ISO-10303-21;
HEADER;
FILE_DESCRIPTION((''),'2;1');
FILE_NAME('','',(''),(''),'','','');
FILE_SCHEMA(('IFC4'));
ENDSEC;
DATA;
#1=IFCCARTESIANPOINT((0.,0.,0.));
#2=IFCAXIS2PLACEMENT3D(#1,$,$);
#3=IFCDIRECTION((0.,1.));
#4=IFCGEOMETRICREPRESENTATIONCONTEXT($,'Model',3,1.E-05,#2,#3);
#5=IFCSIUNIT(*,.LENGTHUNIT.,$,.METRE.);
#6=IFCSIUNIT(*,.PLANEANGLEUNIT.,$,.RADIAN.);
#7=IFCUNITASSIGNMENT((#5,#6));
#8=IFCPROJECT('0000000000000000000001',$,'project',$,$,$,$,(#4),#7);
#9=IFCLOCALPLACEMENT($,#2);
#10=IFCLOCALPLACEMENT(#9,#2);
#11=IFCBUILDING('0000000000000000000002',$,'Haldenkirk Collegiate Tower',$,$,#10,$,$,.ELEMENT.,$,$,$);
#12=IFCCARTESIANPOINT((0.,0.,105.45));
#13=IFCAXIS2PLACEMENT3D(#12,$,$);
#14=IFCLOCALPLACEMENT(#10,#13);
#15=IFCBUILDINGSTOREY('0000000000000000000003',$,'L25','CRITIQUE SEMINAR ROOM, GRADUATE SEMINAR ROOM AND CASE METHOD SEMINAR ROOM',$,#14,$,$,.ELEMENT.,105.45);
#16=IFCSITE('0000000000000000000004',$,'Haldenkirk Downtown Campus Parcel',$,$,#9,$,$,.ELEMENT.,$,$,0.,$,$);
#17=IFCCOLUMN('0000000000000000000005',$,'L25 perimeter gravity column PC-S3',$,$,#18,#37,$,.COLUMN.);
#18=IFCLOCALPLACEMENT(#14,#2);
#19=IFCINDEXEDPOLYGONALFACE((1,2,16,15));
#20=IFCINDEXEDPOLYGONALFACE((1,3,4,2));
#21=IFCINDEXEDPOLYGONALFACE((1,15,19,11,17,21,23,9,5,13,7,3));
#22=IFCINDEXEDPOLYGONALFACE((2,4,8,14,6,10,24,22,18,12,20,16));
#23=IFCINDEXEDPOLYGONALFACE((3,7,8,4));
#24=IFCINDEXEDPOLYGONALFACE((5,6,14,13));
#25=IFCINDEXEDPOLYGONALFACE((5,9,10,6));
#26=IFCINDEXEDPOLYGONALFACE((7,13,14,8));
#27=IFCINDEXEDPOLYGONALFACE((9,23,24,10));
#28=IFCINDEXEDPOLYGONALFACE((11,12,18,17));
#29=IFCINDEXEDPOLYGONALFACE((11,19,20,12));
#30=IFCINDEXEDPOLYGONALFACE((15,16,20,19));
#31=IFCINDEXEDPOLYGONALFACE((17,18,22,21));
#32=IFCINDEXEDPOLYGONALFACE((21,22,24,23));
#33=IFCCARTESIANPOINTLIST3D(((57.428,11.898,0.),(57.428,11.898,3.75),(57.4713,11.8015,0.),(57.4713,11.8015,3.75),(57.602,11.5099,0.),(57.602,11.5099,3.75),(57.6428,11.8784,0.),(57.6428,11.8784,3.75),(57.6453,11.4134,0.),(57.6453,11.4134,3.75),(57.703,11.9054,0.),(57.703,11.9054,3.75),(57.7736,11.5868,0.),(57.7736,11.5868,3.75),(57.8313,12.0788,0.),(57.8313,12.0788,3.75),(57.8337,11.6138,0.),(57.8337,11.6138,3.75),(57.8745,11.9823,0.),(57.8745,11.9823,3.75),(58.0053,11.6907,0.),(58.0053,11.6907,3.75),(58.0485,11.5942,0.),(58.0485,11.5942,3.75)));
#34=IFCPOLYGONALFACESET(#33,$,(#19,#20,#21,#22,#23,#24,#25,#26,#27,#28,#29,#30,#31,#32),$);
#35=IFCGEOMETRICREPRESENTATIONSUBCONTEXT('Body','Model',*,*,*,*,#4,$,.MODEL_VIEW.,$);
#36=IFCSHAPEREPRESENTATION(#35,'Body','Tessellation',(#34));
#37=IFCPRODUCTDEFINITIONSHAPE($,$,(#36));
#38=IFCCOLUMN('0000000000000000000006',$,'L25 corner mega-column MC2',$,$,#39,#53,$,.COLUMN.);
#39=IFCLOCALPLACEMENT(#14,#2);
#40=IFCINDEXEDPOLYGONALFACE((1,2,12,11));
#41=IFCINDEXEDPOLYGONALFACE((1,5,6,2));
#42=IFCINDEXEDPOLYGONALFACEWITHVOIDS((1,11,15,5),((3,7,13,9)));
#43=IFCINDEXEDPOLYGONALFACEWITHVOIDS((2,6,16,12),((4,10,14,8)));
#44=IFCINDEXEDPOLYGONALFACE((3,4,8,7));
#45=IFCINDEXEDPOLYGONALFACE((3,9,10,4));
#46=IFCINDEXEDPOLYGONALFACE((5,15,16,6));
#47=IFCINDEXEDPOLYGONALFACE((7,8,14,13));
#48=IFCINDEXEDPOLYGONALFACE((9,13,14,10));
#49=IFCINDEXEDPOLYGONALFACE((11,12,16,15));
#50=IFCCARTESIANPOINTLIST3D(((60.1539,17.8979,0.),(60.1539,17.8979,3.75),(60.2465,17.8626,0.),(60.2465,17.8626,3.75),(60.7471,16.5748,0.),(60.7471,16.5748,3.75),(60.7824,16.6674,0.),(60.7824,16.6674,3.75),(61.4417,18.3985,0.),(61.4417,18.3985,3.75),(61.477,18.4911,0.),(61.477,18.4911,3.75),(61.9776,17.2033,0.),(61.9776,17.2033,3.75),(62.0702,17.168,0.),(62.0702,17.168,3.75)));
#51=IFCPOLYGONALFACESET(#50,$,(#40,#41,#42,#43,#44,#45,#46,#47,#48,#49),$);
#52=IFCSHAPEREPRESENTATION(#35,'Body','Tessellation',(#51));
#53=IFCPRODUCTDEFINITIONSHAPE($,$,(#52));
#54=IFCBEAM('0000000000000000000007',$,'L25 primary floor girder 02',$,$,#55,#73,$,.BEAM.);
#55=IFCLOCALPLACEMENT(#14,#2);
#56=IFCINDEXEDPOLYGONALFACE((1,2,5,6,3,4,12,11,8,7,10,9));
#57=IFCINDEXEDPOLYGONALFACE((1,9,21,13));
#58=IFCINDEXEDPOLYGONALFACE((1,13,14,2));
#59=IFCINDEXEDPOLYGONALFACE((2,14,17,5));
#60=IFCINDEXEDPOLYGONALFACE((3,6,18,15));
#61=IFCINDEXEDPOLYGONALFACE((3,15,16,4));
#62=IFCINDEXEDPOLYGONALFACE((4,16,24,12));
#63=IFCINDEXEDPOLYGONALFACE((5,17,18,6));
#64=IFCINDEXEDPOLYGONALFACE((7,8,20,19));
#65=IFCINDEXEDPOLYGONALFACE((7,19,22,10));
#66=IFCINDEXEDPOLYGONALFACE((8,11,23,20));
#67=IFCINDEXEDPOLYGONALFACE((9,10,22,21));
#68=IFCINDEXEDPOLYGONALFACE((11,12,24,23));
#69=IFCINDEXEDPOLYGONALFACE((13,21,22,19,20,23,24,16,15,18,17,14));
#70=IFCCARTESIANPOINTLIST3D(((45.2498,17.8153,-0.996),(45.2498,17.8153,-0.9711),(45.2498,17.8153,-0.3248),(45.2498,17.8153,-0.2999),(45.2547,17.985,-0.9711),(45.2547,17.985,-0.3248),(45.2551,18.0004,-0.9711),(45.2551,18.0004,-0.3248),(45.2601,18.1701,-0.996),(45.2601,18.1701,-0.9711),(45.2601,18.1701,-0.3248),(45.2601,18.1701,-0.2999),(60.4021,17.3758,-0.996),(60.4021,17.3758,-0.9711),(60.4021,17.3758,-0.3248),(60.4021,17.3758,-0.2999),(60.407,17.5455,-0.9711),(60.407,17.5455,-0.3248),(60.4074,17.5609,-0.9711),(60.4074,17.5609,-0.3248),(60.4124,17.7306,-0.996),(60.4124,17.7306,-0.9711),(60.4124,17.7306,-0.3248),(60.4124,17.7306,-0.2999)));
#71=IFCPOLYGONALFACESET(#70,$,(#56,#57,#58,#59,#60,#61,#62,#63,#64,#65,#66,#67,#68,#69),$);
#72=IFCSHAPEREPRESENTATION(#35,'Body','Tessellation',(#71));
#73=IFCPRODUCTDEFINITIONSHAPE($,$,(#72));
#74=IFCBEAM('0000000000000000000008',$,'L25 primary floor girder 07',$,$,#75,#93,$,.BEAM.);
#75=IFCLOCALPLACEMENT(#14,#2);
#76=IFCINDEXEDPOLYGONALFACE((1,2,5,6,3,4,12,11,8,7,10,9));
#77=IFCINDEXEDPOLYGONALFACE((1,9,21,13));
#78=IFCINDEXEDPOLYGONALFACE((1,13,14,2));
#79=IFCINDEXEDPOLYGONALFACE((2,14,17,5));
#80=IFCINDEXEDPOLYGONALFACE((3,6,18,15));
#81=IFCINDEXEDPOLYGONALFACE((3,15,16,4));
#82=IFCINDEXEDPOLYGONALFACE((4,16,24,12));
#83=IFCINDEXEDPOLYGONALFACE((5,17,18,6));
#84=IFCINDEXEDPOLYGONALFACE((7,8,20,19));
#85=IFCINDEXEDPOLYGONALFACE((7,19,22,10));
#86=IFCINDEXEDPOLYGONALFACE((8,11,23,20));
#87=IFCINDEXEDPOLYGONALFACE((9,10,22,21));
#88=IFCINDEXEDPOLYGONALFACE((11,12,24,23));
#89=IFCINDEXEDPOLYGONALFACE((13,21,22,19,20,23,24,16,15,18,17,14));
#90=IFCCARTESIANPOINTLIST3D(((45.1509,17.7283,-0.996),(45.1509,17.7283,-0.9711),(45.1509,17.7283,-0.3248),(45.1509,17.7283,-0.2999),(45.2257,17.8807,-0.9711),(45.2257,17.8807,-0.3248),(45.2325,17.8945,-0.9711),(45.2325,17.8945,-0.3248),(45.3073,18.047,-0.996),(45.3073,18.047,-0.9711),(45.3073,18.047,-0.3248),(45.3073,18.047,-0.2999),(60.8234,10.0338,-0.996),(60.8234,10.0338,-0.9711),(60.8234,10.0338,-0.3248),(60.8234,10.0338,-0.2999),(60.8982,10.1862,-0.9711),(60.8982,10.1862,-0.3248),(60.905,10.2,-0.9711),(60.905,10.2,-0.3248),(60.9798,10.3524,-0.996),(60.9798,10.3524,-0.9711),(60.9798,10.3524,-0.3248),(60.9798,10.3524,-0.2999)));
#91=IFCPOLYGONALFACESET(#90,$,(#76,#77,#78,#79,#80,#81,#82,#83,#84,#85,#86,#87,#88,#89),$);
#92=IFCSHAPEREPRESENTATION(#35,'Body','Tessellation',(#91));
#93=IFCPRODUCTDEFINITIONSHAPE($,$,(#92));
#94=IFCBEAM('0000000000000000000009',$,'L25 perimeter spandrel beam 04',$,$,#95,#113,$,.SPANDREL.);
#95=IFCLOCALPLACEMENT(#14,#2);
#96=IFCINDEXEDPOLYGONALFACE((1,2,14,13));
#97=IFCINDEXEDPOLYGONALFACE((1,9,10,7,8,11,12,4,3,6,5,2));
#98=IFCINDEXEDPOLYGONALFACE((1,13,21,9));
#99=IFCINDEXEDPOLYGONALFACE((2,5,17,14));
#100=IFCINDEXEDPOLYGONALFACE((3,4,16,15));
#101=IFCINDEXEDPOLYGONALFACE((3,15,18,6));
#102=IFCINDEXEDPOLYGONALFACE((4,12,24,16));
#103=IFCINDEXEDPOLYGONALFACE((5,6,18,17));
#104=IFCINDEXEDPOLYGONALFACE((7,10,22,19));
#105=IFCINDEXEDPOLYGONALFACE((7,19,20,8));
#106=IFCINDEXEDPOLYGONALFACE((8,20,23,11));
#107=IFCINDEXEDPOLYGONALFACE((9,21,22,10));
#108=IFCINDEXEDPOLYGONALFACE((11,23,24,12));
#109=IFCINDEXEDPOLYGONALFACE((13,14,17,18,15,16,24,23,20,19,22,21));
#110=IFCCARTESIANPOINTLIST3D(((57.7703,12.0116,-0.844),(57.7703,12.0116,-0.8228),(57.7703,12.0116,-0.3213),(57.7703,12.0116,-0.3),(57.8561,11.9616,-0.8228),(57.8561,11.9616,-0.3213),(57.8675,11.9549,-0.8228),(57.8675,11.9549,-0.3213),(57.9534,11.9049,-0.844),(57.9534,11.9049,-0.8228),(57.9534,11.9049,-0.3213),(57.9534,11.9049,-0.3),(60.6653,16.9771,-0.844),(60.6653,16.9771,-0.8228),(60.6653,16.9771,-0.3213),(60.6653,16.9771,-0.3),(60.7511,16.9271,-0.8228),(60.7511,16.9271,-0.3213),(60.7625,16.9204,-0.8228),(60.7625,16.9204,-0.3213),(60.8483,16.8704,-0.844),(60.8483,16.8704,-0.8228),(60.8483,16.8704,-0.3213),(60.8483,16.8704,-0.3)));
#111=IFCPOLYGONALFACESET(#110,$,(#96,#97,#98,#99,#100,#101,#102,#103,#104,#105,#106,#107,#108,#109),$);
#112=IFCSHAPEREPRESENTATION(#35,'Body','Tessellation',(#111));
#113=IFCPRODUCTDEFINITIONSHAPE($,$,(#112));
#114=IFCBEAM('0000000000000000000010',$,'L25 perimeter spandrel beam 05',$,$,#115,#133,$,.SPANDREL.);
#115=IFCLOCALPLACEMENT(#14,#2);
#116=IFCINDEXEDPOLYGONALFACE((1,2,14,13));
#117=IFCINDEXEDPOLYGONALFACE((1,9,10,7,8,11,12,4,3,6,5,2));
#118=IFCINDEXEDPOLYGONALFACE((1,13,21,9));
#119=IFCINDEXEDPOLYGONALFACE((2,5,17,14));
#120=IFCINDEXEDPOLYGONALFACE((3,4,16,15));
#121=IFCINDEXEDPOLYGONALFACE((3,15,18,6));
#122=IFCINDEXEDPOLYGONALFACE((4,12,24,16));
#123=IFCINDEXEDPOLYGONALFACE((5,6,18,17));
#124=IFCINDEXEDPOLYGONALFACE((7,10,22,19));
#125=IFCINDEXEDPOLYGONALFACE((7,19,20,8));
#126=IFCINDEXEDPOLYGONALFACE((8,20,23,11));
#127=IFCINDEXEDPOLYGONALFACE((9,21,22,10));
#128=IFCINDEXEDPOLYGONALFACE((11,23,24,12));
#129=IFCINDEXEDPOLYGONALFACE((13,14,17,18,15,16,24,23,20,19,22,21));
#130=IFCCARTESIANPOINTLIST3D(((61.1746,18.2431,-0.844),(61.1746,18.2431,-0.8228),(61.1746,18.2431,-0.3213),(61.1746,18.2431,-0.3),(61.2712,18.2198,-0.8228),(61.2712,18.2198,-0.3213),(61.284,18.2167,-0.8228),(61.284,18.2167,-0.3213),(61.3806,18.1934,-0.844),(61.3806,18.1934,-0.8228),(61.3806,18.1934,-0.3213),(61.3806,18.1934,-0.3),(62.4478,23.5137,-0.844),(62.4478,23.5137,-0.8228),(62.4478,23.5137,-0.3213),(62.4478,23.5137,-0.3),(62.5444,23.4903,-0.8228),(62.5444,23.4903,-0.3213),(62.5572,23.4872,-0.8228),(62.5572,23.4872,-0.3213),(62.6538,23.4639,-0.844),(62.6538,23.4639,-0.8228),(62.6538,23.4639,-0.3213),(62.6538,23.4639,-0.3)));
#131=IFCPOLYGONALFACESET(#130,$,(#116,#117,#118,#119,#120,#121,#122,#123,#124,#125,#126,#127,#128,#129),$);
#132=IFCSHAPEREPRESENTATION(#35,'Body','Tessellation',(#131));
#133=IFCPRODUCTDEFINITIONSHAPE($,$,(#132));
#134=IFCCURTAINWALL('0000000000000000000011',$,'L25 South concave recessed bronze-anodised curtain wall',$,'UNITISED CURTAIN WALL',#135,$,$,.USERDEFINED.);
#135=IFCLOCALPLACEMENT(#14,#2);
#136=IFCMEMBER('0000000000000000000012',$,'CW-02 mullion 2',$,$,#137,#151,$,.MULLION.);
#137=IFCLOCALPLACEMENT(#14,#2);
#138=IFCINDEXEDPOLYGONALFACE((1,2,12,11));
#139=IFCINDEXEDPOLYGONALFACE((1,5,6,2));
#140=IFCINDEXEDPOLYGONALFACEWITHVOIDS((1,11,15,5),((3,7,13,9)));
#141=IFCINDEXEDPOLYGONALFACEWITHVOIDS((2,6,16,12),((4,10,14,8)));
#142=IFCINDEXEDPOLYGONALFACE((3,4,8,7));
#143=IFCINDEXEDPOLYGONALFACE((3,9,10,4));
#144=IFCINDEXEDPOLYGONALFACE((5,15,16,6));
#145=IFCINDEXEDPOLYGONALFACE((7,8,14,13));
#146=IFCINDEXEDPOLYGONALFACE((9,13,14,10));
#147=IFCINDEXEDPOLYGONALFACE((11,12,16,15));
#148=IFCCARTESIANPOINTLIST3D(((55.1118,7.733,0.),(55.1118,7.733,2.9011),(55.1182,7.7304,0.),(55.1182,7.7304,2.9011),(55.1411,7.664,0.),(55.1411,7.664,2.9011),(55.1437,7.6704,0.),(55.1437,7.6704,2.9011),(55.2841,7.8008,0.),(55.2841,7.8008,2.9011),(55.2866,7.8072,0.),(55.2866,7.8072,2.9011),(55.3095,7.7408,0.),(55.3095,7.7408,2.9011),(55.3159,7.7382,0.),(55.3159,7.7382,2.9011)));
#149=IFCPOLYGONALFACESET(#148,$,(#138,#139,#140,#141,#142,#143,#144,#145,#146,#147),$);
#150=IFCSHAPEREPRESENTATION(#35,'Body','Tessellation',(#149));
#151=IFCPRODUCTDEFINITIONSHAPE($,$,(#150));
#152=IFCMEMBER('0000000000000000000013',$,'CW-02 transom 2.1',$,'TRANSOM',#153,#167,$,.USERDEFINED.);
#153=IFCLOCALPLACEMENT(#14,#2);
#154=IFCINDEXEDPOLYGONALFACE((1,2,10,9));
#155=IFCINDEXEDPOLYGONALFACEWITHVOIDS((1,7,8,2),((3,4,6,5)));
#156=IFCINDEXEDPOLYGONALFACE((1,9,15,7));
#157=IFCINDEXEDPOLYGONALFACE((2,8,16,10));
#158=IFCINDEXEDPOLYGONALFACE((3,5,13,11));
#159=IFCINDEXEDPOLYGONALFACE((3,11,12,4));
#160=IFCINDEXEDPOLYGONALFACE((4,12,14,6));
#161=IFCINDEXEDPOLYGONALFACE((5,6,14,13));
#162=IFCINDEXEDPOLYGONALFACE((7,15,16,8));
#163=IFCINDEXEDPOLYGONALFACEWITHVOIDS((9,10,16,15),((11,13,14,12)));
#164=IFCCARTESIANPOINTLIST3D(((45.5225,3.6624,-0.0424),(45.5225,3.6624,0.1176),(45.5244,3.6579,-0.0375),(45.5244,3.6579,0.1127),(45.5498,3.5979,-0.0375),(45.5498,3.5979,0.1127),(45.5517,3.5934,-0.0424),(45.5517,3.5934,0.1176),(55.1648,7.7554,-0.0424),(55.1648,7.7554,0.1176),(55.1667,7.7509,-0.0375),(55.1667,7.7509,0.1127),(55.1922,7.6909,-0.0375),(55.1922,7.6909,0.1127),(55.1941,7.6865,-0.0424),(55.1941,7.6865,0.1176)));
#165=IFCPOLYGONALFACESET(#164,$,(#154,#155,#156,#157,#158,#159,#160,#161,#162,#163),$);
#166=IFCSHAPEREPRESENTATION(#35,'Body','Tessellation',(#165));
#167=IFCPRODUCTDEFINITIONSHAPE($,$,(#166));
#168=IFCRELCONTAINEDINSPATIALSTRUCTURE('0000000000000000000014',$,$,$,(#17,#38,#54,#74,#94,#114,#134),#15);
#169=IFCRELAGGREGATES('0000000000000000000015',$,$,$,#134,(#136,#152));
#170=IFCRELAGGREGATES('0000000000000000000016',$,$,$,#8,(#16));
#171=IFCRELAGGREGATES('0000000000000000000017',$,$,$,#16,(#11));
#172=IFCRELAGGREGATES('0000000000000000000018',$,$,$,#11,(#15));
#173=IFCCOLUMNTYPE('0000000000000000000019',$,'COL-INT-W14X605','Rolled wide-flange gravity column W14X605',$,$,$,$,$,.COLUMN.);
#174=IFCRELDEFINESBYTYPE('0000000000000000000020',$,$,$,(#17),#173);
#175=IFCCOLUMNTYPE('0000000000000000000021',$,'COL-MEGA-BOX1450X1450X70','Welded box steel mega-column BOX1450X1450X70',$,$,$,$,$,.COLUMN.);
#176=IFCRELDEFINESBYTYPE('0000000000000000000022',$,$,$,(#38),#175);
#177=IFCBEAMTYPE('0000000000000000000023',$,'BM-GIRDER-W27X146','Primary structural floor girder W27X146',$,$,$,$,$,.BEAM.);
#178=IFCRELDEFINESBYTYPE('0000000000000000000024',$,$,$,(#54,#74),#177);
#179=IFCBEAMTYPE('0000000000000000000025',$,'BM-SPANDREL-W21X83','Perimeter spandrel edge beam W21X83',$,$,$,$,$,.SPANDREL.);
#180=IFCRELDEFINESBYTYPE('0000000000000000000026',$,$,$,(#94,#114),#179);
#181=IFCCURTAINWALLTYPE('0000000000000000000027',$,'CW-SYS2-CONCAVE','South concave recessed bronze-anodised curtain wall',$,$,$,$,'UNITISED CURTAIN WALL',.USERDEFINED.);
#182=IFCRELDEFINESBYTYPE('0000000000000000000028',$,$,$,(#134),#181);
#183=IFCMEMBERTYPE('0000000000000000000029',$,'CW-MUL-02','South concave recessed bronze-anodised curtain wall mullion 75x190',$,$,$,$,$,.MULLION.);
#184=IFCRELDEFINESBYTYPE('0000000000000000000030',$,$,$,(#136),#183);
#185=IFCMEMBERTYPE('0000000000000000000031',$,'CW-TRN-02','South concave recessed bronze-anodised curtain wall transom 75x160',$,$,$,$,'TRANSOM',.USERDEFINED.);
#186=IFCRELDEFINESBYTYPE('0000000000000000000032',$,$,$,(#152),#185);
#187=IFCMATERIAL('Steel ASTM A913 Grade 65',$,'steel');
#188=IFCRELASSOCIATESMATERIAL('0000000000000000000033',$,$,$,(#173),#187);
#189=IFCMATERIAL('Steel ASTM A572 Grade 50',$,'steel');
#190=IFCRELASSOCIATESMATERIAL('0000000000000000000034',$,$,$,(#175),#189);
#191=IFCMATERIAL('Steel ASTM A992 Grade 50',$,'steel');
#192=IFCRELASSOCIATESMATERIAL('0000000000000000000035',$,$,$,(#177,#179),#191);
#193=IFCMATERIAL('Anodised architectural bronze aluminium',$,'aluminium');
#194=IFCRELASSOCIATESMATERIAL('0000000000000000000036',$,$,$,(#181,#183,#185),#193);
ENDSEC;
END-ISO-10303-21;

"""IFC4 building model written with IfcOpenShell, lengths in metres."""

from ifc_helpers import new_model, si_unit, direction, frame, origin, origin_2d, place, context, subcontext, project, spatial, hollow_rectangle, i_section, extrude, material, material_profile, profile_set, type_object, element, aggregate, save


model = new_model("IFC4")

# Units and contexts
model_context = context("Model", 3, precision=1e-05, world=origin(), true_north=direction((0.0, 1.0)))
body_context = subcontext(model_context, "Body", "Model", "MODEL_VIEW")
ifc_project = project(units=[si_unit("LENGTHUNIT", "METRE"), si_unit("PLANEANGLEUNIT", "RADIAN")], contexts=[model_context])

# Site, building, storey
site_placement = place(None, origin())
site = spatial("IfcSite", under=ifc_project, at=site_placement, Name="Haldenkirk Downtown Campus Parcel", CompositionType="ELEMENT", RefElevation=0.0)
building_placement = place(site_placement, origin())
building = spatial("IfcBuilding", under=site, at=building_placement, Name="Haldenkirk Collegiate Tower", CompositionType="ELEMENT")
storey_placement = place(building_placement, frame((0.0, 0.0, 105.45)))
storey = spatial("IfcBuildingStorey", under=building, at=storey_placement, Name="L25", Description="CRITIQUE SEMINAR ROOM, GRADUATE SEMINAR ROOM AND CASE METHOD SEMINAR ROOM", CompositionType="ELEMENT", Elevation=105.45)

# Columns
ifc_material_1 = material(Name="Steel ASTM A913 Grade 65", Category="steel")
ifc_material_profile_1 = material_profile(ifc_material_1, i_section(OverallWidth=0.4419, OverallDepth=0.531, WebThickness=0.0659, FlangeThickness=0.1057, at=origin_2d()), Name="W14X605")
ifc_profile_set_1 = profile_set([ifc_material_profile_1], Name="Steel ASTM A913 Grade 65")
column_type_1 = type_object("IfcColumnType", Name="COL-INT-W14X605", Description="Rolled wide-flange gravity column W14X605", PredefinedType="COLUMN", material=ifc_profile_set_1)
column_1_placement = place(storey_placement, frame((57.7383, 11.7461, 0.0), z_axis=(0.0, 0.0, 1.0), x_axis=(0.912477, 0.409127, 0.0)))
element("IfcColumn", 1, at=column_1_placement, inside=storey, type_object=column_type_1, Name="L25 perimeter gravity column PC-S3", PredefinedType="COLUMN", context=body_context, shape_type="SweptSolid", body=[
    extrude(i_section(OverallWidth=0.4419, OverallDepth=0.531, WebThickness=0.0659, FlangeThickness=0.1057, at=origin_2d()), origin(), (0.0, 0.0, 1.0), 3.75),
])
ifc_material_2 = material(Name="Steel ASTM A572 Grade 50", Category="steel")
ifc_material_profile_2 = material_profile(ifc_material_2, hollow_rectangle(XDim=1.45, YDim=1.45, WallThickness=0.0701, at=origin_2d()), Name="BOX1450X1450X70")
ifc_profile_set_2 = profile_set([ifc_material_profile_2], Name="Steel ASTM A572 Grade 50")
column_type_2 = type_object("IfcColumnType", Name="COL-MEGA-BOX1450X1450X70", Description="Welded box steel mega-column BOX1450X1450X70", PredefinedType="COLUMN", material=ifc_profile_set_2)
column_2_placement = place(storey_placement, frame((61.1121, 17.533, 0.0), z_axis=(0.0, 0.0, 1.0), x_axis=(0.912477, 0.409127, 0.0)))
element("IfcColumn", 2, at=column_2_placement, inside=storey, type_object=column_type_2, Name="L25 corner mega-column MC2", PredefinedType="COLUMN", context=body_context, shape_type="SweptSolid", body=[
    extrude(hollow_rectangle(XDim=1.45, YDim=1.45, WallThickness=0.0701, at=origin_2d()), origin(), (0.0, 0.0, 1.0), 3.75),
])

# Beams
ifc_material_3 = material(Name="Steel ASTM A992 Grade 50", Category="steel")
ifc_material_profile_3 = material_profile(ifc_material_3, i_section(OverallWidth=0.355, OverallDepth=0.696, WebThickness=0.0154, FlangeThickness=0.0249, at=origin_2d()), Name="W27X146")
ifc_profile_set_3 = profile_set([ifc_material_profile_3], Name="Steel ASTM A992 Grade 50")
beam_type_1 = type_object("IfcBeamType", Name="BM-GIRDER-W27X146", Description="Primary structural floor girder W27X146", PredefinedType="BEAM", material=ifc_profile_set_3)
beam_1_placement = place(storey_placement, frame((60.4072, 17.5532, -0.6479), z_axis=(-0.99958, 0.02899, 0.0), x_axis=(-0.02899, -0.99958, 0.0)))
element("IfcBeam", 3, at=beam_1_placement, inside=storey, type_object=beam_type_1, Name="L25 primary floor girder 02", PredefinedType="BEAM", context=body_context, shape_type="SweptSolid", body=[
    extrude(i_section(OverallWidth=0.355, OverallDepth=0.696, WebThickness=0.0154, FlangeThickness=0.0249, at=origin_2d()), origin(), (0.0, 0.0, 1.0), 15.1587),
])
beam_2_placement = place(storey_placement, frame((60.9016, 10.1931, -0.6479), z_axis=(-0.897651, 0.440708, 0.0), x_axis=(-0.440708, -0.897651, 0.0)))
element("IfcBeam", 4, at=beam_2_placement, inside=storey, type_object=beam_type_1, Name="L25 primary floor girder 07", PredefinedType="BEAM", context=body_context, shape_type="SweptSolid", body=[
    extrude(i_section(OverallWidth=0.355, OverallDepth=0.696, WebThickness=0.0154, FlangeThickness=0.0249, at=origin_2d()), origin(), (0.0, 0.0, 1.0), 17.4595),
])
ifc_material_profile_4 = material_profile(ifc_material_3, i_section(OverallWidth=0.2119, OverallDepth=0.5439, WebThickness=0.0132, FlangeThickness=0.0212, at=origin_2d()), Name="W21X83")
ifc_profile_set_4 = profile_set([ifc_material_profile_4], Name="Steel ASTM A992 Grade 50")
beam_type_2 = type_object("IfcBeamType", Name="BM-SPANDREL-W21X83", Description="Perimeter spandrel edge beam W21X83", PredefinedType="SPANDREL", material=ifc_profile_set_4)
beam_3_placement = place(storey_placement, frame((57.8618, 11.9583, -0.572), z_axis=(0.503668, 0.863897, 0.0), x_axis=(-0.863897, 0.503668, 0.0)))
element("IfcBeam", 5, at=beam_3_placement, inside=storey, type_object=beam_type_2, Name="L25 perimeter spandrel beam 04", PredefinedType="SPANDREL", context=body_context, shape_type="SweptSolid", body=[
    extrude(i_section(OverallWidth=0.2119, OverallDepth=0.5439, WebThickness=0.0132, FlangeThickness=0.0212, at=origin_2d()), origin(), (0.0, 0.0, 1.0), 5.7478),
])
beam_4_placement = place(storey_placement, frame((61.2776, 18.2183, -0.572), z_axis=(0.234815, 0.97204, 0.0), x_axis=(-0.97204, 0.234815, 0.0)))
element("IfcBeam", 6, at=beam_4_placement, inside=storey, type_object=beam_type_2, Name="L25 perimeter spandrel beam 05", PredefinedType="SPANDREL", context=body_context, shape_type="SweptSolid", body=[
    extrude(i_section(OverallWidth=0.2119, OverallDepth=0.5439, WebThickness=0.0132, FlangeThickness=0.0212, at=origin_2d()), origin(), (0.0, 0.0, 1.0), 5.4221),
])

# Curtain wall, members
ifc_material_4 = material(Name="Anodised architectural bronze aluminium", Category="aluminium")
curtain_wall_type = type_object("IfcCurtainWallType", Name="CW-SYS2-CONCAVE", Description="South concave recessed bronze-anodised curtain wall", ElementType="UNITISED CURTAIN WALL", PredefinedType="USERDEFINED", material=ifc_material_4)
curtain_wall_placement = place(storey_placement, origin())
curtain_wall = element("IfcCurtainWall", 7, at=curtain_wall_placement, inside=storey, type_object=curtain_wall_type, Name="L25 South concave recessed bronze-anodised curtain wall", ObjectType="UNITISED CURTAIN WALL", PredefinedType="USERDEFINED")
ifc_material_profile_5 = material_profile(ifc_material_4, hollow_rectangle(XDim=0.075, YDim=0.1899, WallThickness=0.0049, at=origin_2d()), Name="CW-MUL-02")
ifc_profile_set_5 = profile_set([ifc_material_profile_5], Name="Anodised architectural bronze aluminium")
member_type_1 = type_object("IfcMemberType", Name="CW-MUL-02", Description="South concave recessed bronze-anodised curtain wall mullion 75x190", PredefinedType="MULLION", material=ifc_profile_set_5)
member_1_placement = place(storey_placement, frame((55.2139, 7.7356, 0.0), z_axis=(0.0, 0.0, 1.0), x_axis=(0.390731, -0.920505, 0.0)))
member_1 = element("IfcMember", 8, at=member_1_placement, type_object=member_type_1, Name="CW-02 mullion 2", PredefinedType="MULLION", context=body_context, shape_type="SweptSolid", body=[
    extrude(hollow_rectangle(XDim=0.075, YDim=0.1899, WallThickness=0.0049, at=origin_2d()), origin(), (0.0, 0.0, 1.0), 2.9011),
])
ifc_material_profile_6 = material_profile(ifc_material_4, hollow_rectangle(XDim=0.075, YDim=0.1599, WallThickness=0.0049, at=origin_2d()), Name="CW-TRN-02")
ifc_profile_set_6 = profile_set([ifc_material_profile_6], Name="Anodised architectural bronze aluminium")
member_type_2 = type_object("IfcMemberType", Name="CW-TRN-02", Description="South concave recessed bronze-anodised curtain wall transom 75x160", ElementType="TRANSOM", PredefinedType="USERDEFINED", material=ifc_profile_set_6)
member_2_placement = place(storey_placement, frame((55.1794, 7.7209, 0.0376), z_axis=(-0.920502, -0.390738, 0.0), x_axis=(0.390738, -0.920502, 0.0)))
member_2 = element("IfcMember", 9, at=member_2_placement, type_object=member_type_2, Name="CW-02 transom 2.1", ObjectType="TRANSOM", PredefinedType="USERDEFINED", context=body_context, shape_type="SweptSolid", body=[
    extrude(hollow_rectangle(XDim=0.075, YDim=0.1599, WallThickness=0.0049, at=origin_2d()), origin(), (0.0, 0.0, 1.0), 10.4751),
])

aggregate(curtain_wall, [member_1, member_2])

save(model, "model.ifc")
